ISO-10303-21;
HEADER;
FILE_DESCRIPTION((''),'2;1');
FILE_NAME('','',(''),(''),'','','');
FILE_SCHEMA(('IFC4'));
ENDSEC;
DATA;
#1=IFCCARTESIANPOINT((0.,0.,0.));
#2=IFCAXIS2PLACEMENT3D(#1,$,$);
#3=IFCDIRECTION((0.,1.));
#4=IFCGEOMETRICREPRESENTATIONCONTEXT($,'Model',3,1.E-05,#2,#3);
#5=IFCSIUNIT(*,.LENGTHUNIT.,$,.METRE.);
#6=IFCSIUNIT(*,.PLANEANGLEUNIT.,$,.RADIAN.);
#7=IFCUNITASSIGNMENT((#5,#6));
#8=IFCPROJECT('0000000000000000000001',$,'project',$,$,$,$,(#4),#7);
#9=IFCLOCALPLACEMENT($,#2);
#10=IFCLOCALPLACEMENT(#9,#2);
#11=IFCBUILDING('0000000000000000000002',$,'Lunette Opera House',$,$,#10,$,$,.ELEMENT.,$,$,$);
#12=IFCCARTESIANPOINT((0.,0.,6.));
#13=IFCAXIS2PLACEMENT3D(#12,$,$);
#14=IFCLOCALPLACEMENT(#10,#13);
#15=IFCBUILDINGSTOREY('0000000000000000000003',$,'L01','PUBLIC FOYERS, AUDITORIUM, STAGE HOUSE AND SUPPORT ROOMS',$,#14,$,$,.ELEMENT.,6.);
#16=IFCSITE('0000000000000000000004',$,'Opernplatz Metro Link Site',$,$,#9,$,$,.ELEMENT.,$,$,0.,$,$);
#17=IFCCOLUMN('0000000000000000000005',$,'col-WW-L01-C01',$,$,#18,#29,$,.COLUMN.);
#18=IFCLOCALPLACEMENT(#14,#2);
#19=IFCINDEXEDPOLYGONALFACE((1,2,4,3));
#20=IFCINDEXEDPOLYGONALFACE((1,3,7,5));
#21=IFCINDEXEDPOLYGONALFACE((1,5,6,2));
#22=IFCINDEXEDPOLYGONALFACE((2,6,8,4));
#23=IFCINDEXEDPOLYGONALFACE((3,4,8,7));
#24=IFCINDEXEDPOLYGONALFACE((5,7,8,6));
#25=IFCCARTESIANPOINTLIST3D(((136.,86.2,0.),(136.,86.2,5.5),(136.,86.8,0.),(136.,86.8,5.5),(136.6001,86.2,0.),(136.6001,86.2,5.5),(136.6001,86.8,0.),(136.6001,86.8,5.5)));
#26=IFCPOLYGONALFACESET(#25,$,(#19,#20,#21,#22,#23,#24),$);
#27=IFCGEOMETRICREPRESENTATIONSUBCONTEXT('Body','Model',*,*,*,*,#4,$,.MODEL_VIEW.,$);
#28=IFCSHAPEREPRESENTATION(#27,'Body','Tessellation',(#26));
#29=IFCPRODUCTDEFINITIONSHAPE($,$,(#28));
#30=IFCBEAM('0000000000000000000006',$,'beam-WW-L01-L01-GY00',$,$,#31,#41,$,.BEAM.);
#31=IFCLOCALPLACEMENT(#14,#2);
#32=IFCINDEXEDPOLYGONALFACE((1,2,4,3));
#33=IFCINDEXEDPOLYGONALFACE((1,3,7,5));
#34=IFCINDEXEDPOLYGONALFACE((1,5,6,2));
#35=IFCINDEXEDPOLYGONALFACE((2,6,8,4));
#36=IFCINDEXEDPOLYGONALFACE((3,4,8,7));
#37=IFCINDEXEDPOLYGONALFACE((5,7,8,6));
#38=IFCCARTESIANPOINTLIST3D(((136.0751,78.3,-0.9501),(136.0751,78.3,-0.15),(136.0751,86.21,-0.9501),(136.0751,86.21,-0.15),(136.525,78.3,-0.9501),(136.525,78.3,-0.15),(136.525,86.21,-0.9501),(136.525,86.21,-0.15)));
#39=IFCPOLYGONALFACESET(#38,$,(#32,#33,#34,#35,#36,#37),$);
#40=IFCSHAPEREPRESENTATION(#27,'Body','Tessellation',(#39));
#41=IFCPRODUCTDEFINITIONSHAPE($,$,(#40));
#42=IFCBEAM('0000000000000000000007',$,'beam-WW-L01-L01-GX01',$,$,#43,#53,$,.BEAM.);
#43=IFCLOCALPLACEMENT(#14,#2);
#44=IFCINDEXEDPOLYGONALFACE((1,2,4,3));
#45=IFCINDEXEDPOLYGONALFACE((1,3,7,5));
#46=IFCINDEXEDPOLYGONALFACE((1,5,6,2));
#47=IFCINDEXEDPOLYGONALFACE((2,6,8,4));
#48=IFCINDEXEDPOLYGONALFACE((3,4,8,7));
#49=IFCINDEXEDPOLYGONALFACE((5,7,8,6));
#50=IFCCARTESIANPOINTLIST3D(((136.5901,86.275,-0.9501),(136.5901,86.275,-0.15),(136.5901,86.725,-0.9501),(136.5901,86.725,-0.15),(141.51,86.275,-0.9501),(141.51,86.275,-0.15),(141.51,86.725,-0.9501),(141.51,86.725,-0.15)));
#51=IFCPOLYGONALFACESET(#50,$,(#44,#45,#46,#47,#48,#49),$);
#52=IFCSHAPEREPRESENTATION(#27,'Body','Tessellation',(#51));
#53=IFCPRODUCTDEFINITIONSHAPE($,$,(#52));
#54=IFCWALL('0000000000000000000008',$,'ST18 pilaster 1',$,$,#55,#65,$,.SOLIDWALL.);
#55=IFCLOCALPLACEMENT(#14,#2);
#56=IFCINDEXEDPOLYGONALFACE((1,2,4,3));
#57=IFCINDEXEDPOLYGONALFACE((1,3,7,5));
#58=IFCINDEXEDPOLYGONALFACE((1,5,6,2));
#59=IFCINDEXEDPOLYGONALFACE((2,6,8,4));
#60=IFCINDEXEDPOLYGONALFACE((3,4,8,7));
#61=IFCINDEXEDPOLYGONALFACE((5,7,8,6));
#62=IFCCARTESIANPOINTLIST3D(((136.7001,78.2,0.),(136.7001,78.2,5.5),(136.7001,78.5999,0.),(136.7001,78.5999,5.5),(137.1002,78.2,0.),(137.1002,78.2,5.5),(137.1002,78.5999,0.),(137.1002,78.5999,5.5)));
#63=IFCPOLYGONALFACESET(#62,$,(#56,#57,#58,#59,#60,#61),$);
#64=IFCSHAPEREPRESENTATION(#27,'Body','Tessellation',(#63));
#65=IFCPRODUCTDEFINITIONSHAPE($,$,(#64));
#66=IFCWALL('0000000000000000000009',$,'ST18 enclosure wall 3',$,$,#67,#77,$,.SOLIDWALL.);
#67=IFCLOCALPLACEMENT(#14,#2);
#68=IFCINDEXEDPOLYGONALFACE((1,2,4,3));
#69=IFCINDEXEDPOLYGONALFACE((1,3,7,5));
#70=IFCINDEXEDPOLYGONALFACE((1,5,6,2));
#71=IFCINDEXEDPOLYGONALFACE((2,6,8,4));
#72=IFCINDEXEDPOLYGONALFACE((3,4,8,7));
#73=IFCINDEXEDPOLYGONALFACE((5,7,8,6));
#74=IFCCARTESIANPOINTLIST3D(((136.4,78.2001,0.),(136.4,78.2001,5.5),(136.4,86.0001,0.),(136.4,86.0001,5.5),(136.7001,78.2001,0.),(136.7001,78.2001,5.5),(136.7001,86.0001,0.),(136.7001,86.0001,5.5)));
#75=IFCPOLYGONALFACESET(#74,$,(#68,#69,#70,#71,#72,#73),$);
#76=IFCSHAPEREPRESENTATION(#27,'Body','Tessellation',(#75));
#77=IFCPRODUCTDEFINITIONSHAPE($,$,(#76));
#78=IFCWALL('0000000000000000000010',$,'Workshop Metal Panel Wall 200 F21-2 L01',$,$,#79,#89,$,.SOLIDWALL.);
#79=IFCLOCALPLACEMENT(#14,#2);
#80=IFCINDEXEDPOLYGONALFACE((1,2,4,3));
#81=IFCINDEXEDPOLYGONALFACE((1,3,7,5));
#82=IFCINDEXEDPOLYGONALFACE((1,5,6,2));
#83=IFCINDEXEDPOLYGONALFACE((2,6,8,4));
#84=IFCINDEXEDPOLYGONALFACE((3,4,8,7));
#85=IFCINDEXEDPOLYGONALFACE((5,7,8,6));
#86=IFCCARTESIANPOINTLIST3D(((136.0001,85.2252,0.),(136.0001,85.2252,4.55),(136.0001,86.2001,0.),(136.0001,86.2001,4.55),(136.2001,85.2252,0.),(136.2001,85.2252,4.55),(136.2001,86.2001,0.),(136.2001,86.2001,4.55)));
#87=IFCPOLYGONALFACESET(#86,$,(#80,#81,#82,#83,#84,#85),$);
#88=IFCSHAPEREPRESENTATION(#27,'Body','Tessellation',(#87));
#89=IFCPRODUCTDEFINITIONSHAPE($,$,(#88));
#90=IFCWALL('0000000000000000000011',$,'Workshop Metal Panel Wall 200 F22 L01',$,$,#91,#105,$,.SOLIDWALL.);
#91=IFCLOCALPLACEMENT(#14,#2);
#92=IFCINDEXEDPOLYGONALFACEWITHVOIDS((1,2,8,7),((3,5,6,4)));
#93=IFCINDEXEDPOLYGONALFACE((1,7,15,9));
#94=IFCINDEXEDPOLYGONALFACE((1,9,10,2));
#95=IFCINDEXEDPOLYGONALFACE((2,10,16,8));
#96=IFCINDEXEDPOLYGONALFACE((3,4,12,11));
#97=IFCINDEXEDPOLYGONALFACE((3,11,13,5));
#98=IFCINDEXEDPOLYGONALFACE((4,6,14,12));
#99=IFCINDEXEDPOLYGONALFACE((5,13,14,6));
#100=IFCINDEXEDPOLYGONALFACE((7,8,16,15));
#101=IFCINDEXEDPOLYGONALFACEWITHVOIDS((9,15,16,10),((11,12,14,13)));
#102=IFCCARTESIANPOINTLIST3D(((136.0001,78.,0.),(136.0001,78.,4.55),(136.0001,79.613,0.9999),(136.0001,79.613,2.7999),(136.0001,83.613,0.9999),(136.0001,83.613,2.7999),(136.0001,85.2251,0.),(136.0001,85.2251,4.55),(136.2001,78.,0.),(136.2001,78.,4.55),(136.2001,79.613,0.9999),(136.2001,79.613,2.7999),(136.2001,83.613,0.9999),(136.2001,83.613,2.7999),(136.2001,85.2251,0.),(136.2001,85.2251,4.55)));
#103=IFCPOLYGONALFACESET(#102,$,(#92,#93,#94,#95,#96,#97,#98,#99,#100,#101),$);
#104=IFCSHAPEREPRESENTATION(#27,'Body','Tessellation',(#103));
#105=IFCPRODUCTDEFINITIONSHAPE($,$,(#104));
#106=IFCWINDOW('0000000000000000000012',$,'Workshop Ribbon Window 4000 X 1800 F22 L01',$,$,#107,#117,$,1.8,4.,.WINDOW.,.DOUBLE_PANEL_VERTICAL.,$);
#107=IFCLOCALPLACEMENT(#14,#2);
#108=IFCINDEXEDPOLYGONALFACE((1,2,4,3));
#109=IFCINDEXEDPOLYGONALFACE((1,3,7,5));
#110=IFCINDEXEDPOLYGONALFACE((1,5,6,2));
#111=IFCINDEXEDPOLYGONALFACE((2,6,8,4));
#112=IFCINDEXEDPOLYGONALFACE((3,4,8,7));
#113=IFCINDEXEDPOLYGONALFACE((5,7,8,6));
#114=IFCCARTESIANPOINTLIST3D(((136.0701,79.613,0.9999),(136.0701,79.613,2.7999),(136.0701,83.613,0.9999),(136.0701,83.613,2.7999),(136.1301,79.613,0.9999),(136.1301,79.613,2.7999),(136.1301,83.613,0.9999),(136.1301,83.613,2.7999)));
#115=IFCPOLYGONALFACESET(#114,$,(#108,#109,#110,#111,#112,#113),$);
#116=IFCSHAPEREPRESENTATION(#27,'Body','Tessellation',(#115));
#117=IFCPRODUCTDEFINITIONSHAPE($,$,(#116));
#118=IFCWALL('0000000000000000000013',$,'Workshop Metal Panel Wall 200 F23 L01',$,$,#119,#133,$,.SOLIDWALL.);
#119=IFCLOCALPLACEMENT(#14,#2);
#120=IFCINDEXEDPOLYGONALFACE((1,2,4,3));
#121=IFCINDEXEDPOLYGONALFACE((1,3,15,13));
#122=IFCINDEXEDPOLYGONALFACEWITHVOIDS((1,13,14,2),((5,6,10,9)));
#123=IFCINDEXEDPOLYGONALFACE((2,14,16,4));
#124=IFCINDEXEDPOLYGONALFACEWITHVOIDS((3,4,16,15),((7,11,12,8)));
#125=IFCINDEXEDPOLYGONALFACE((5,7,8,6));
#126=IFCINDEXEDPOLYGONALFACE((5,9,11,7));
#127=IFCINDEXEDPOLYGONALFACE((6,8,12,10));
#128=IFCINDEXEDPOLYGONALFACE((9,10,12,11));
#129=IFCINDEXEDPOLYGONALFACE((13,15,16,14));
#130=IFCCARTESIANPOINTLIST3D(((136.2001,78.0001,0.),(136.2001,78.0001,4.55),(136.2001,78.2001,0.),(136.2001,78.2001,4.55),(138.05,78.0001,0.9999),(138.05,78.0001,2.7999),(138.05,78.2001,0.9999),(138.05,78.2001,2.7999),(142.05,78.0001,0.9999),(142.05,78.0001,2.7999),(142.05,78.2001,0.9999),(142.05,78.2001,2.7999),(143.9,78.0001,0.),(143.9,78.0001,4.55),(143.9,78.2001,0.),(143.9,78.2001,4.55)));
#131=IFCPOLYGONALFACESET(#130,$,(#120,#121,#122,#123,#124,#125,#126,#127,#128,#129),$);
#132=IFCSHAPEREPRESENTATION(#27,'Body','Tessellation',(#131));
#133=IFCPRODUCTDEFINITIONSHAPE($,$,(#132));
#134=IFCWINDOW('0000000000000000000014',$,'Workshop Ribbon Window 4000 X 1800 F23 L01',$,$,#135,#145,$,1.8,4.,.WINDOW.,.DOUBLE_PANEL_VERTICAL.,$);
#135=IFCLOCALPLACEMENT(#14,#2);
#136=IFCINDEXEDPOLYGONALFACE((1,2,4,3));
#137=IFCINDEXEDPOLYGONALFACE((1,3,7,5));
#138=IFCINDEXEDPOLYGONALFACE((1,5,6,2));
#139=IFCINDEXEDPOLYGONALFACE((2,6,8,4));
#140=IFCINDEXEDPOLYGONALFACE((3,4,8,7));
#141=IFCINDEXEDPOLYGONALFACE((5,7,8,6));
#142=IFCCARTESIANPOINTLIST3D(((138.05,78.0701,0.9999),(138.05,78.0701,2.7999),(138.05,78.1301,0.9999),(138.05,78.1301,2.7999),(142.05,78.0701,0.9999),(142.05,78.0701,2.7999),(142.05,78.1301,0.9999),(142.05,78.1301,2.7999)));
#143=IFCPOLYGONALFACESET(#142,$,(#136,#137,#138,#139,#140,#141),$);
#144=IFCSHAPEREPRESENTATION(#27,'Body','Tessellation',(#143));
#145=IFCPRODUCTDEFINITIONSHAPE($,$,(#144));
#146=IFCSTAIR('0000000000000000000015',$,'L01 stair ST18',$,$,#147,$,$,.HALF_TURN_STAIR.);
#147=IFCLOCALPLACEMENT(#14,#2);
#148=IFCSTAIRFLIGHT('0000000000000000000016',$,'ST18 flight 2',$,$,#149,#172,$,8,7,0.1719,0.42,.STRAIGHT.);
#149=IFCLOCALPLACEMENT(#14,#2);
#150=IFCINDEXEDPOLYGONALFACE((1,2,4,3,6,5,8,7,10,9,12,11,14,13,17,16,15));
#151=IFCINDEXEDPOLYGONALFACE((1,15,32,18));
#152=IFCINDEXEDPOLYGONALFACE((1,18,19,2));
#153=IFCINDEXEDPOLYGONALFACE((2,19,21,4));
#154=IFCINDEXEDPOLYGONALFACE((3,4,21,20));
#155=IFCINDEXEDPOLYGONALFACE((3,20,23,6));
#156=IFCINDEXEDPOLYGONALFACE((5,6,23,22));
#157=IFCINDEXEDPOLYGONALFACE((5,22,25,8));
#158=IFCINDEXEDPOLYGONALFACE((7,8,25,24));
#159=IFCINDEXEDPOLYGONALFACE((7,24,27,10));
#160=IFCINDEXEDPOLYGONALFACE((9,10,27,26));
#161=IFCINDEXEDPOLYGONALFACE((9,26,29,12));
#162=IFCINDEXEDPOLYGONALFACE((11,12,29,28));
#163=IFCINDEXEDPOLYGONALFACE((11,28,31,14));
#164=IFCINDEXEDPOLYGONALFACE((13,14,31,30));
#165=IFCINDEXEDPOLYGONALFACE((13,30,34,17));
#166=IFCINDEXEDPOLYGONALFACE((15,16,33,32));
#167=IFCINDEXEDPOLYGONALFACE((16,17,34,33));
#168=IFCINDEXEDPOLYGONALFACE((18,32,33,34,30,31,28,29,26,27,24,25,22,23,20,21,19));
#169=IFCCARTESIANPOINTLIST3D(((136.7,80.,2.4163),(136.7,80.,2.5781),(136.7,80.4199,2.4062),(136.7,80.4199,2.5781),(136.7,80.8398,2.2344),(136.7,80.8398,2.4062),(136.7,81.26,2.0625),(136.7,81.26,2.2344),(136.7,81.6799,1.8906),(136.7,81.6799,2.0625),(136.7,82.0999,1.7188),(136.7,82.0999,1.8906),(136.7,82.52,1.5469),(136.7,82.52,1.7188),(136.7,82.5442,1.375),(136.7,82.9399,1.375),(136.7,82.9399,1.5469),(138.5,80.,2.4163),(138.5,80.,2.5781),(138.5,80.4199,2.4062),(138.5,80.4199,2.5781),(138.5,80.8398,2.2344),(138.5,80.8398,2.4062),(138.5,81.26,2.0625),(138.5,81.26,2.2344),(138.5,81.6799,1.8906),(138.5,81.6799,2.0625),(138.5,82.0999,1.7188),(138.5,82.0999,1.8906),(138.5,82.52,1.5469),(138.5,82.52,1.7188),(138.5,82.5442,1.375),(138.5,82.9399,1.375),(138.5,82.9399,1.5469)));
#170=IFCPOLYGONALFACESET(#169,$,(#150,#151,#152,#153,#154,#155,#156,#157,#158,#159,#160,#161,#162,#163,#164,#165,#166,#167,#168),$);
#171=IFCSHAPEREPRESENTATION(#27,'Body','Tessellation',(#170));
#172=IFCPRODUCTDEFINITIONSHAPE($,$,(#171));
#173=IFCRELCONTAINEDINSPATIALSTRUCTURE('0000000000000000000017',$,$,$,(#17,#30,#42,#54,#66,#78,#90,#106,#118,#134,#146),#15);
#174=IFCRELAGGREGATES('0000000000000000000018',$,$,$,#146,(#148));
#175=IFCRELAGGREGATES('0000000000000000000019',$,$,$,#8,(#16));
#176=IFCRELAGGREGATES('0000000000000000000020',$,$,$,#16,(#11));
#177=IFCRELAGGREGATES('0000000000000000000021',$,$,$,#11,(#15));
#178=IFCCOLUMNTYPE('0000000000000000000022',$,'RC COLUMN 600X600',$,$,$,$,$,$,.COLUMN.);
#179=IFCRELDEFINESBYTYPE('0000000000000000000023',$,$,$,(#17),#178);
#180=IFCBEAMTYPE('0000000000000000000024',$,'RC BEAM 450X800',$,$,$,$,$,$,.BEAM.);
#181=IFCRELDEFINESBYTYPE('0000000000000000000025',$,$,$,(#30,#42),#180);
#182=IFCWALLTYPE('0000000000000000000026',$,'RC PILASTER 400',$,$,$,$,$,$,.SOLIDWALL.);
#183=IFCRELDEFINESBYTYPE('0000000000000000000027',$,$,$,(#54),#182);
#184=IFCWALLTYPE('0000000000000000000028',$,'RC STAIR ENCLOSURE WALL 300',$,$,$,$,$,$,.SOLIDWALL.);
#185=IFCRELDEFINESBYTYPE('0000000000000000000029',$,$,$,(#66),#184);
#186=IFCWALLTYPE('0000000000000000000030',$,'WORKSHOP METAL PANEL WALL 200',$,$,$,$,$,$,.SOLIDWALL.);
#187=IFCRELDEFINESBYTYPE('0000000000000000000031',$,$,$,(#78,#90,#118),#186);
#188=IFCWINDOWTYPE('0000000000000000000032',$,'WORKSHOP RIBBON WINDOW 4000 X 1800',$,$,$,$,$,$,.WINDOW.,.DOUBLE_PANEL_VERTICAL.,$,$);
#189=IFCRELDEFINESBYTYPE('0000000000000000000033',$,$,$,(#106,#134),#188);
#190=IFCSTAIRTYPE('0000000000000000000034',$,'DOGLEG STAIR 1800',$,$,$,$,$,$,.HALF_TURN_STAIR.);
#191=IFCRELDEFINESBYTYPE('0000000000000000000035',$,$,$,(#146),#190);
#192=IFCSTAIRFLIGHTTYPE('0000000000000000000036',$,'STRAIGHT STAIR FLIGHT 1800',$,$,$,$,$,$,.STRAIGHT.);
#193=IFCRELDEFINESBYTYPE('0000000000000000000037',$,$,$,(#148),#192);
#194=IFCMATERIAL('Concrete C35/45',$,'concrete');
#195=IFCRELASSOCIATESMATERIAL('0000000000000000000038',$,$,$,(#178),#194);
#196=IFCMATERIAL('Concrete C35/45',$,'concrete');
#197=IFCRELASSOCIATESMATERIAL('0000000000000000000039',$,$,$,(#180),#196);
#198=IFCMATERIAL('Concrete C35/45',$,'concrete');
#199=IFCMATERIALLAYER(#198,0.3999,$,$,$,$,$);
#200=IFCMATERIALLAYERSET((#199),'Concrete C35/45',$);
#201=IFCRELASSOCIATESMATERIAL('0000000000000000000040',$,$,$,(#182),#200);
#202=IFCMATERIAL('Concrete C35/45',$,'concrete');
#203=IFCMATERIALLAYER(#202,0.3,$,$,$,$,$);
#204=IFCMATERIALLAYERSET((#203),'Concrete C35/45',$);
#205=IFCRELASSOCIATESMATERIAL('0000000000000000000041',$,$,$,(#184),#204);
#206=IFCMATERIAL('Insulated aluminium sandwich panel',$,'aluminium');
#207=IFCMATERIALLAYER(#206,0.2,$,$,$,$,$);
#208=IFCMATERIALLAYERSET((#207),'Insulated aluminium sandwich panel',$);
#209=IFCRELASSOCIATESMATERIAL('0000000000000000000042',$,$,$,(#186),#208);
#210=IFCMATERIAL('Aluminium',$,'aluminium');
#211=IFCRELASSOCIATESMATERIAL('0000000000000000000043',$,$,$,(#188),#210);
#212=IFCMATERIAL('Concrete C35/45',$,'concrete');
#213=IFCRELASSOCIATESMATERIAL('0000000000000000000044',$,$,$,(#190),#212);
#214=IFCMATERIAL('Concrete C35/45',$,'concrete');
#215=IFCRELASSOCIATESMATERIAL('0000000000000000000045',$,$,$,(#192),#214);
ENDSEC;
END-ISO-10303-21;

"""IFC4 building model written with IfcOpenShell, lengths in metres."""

from ifc_helpers import new_model, si_unit, direction, frame, frame_2d, origin, origin_2d, place, context, subcontext, project, spatial, polyline, rectangle, outline, extrude, material, layer, layer_set, material_profile, profile_set, type_object, element, fill, aggregate, save


model = new_model("IFC4")

# Units and contexts
model_context = context("Model", 3, precision=1e-05, world=origin(), true_north=direction((0.0, 1.0)))
body_context = subcontext(model_context, "Body", "Model", "MODEL_VIEW")
ifc_project = project(units=[si_unit("LENGTHUNIT", "METRE"), si_unit("PLANEANGLEUNIT", "RADIAN")], contexts=[model_context])

# Site, building, storey
site_placement = place(None, origin())
site = spatial("IfcSite", under=ifc_project, at=site_placement, Name="Opernplatz Metro Link Site", CompositionType="ELEMENT", RefElevation=0.0)
building_placement = place(site_placement, origin())
building = spatial("IfcBuilding", under=site, at=building_placement, Name="Lunette Opera House", CompositionType="ELEMENT")
storey_placement = place(building_placement, frame((0.0, 0.0, 6.0)))
storey = spatial("IfcBuildingStorey", under=building, at=storey_placement, Name="L01", Description="PUBLIC FOYERS, AUDITORIUM, STAGE HOUSE AND SUPPORT ROOMS", CompositionType="ELEMENT", Elevation=6.0)

# Column
ifc_material_1 = material(Name="Concrete C35/45", Category="concrete")
ifc_material_profile_1 = material_profile(ifc_material_1, rectangle(XDim=0.6001, YDim=0.6001, at=origin_2d()), Name="RC COLUMN 600X600")
ifc_profile_set_1 = profile_set([ifc_material_profile_1], Name="Concrete C35/45")
column_type = type_object("IfcColumnType", Name="RC COLUMN 600X600", PredefinedType="COLUMN", material=ifc_profile_set_1)
column_placement = place(storey_placement, frame((136.3, 86.5, 0.0), z_axis=(0.0, 0.0, 1.0), x_axis=(1.0, 0.0, 0.0)))
element("IfcColumn", 1, at=column_placement, inside=storey, type_object=column_type, Name="col-WW-L01-C01", PredefinedType="COLUMN", context=body_context, shape_type="SweptSolid", body=[
    extrude(rectangle(XDim=0.6001, YDim=0.6001, at=origin_2d()), origin(), (0.0, 0.0, 1.0), 5.5),
])

# Beams
ifc_material_2 = material(Name="Concrete C35/45", Category="concrete")
ifc_material_profile_2 = material_profile(ifc_material_2, rectangle(XDim=0.45, YDim=0.8, at=origin_2d()), Name="RC BEAM 450X800")
ifc_profile_set_2 = profile_set([ifc_material_profile_2], Name="Concrete C35/45")
beam_type = type_object("IfcBeamType", Name="RC BEAM 450X800", PredefinedType="BEAM", material=ifc_profile_set_2)
beam_1_placement = place(storey_placement, frame((136.3, 78.3, -0.55), z_axis=(0.0, 1.0, 0.0), x_axis=(-1.0, 0.0, 0.0)))
element("IfcBeam", 2, at=beam_1_placement, inside=storey, type_object=beam_type, Name="beam-WW-L01-L01-GY00", PredefinedType="BEAM", context=body_context, shape_type="SweptSolid", body=[
    extrude(rectangle(XDim=0.45, YDim=0.8, at=origin_2d()), origin(), (0.0, 0.0, 1.0), 7.9099),
])
beam_2_placement = place(storey_placement, frame((136.5901, 86.5, -0.55), z_axis=(1.0, 0.0, 0.0), x_axis=(0.0, 1.0, 0.0)))
element("IfcBeam", 3, at=beam_2_placement, inside=storey, type_object=beam_type, Name="beam-WW-L01-L01-GX01", PredefinedType="BEAM", context=body_context, shape_type="SweptSolid", body=[
    extrude(rectangle(XDim=0.45, YDim=0.8, at=origin_2d()), origin(), (0.0, 0.0, 1.0), 4.9199),
])

# Walls
ifc_material_3 = material(Name="Concrete C35/45", Category="concrete")
ifc_layer_1 = layer(ifc_material_3, 0.3999)
ifc_layer_set_1 = layer_set([ifc_layer_1], Name="Concrete C35/45")
wall_type_1 = type_object("IfcWallType", Name="RC PILASTER 400", PredefinedType="SOLIDWALL", material=ifc_layer_set_1)
wall_1_placement = place(storey_placement, frame((136.7, 78.3999, 0.0), z_axis=(0.0, 0.0, 1.0), x_axis=(1.0, 0.0, 0.0)))
element("IfcWall", 4, at=wall_1_placement, inside=storey, type_object=wall_type_1, Name="ST18 pilaster 1", PredefinedType="SOLIDWALL", context=body_context, shape_type="SweptSolid", body=[
    extrude(rectangle(XDim=0.4001, YDim=0.3999, at=frame_2d((0.2002, 0.0))), origin(), (0.0, 0.0, 1.0), 5.5),
])
ifc_material_4 = material(Name="Concrete C35/45", Category="concrete")
ifc_layer_2 = layer(ifc_material_4, 0.3)
ifc_layer_set_2 = layer_set([ifc_layer_2], Name="Concrete C35/45")
wall_type_2 = type_object("IfcWallType", Name="RC STAIR ENCLOSURE WALL 300", PredefinedType="SOLIDWALL", material=ifc_layer_set_2)
wall_2_placement = place(storey_placement, frame((136.55, 86.0, 0.0), z_axis=(0.0, 0.0, 1.0), x_axis=(0.0, -1.0, 0.0)))
element("IfcWall", 5, at=wall_2_placement, inside=storey, type_object=wall_type_2, Name="ST18 enclosure wall 3", PredefinedType="SOLIDWALL", context=body_context, shape_type="SweptSolid", body=[
    extrude(rectangle(XDim=7.8, YDim=0.3, at=frame_2d((3.8999, 0.0))), origin(), (0.0, 0.0, 1.0), 5.5),
])
ifc_material_5 = material(Name="Insulated aluminium sandwich panel", Category="aluminium")
ifc_layer_3 = layer(ifc_material_5, 0.2)
ifc_layer_set_3 = layer_set([ifc_layer_3], Name="Insulated aluminium sandwich panel")
wall_type_3 = type_object("IfcWallType", Name="WORKSHOP METAL PANEL WALL 200", PredefinedType="SOLIDWALL", material=ifc_layer_set_3)
wall_3_placement = place(storey_placement, frame((136.1001, 86.2, 0.0), z_axis=(0.0, 0.0, 1.0), x_axis=(0.0, -1.0, 0.0)))
element("IfcWall", 6, at=wall_3_placement, inside=storey, type_object=wall_type_3, Name="Workshop Metal Panel Wall 200 F21-2 L01", PredefinedType="SOLIDWALL", context=body_context, shape_type="SweptSolid", body=[
    extrude(rectangle(XDim=0.9749, YDim=0.2, at=frame_2d((0.4873, 0.0))), origin(), (0.0, 0.0, 1.0), 4.55),
])

# Walls, openings, windows
wall_4_placement = place(storey_placement, frame((136.1001, 85.2251, 0.0), z_axis=(0.0, 0.0, 1.0), x_axis=(0.0, -1.0, 0.0)))
wall_4 = element("IfcWall", 7, at=wall_4_placement, inside=storey, type_object=wall_type_3, Name="Workshop Metal Panel Wall 200 F22 L01", PredefinedType="SOLIDWALL", context=body_context, shape_type="SweptSolid", body=[
    extrude(rectangle(XDim=7.2251, YDim=0.2, at=frame_2d((3.6125, 0.0))), origin(), (0.0, 0.0, 1.0), 4.55),
])
opening_1_placement = place(wall_4_placement, frame((1.6121, 0.0, 1.0)))
opening_1 = element("IfcOpeningElement", 8, at=opening_1_placement, cuts=wall_4, PredefinedType="OPENING", context=body_context, shape_type="SweptSolid", body=[
    extrude(rectangle(XDim=4.0, YDim=1.8, at=frame_2d((2.0, 0.8999))), frame((0.0, 0.1121, 0.0), z_axis=(0.0, -1.0, 0.0), x_axis=(1.0, 0.0, 0.0)), (0.0, 0.0, 1.0), 0.2239),
])
ifc_material_6 = material(Name="Aluminium", Category="aluminium")
window_type = type_object("IfcWindowType", Name="WORKSHOP RIBBON WINDOW 4000 X 1800", PartitioningType="DOUBLE_PANEL_VERTICAL", PredefinedType="WINDOW", material=ifc_material_6)
window_1_placement = place(opening_1_placement, origin())
window_1 = element("IfcWindow", 9, at=window_1_placement, inside=storey, type_object=window_type, Name="Workshop Ribbon Window 4000 X 1800 F22 L01", OverallHeight=1.8, OverallWidth=4.0, PartitioningType="DOUBLE_PANEL_VERTICAL", PredefinedType="WINDOW", context=body_context, shape_type="SweptSolid", body=[
    extrude(rectangle(XDim=4.0, YDim=1.8, at=frame_2d((2.0, 0.8999))), frame((0.0, 0.03, 0.0), z_axis=(0.0, -1.0, 0.0), x_axis=(1.0, 0.0, 0.0)), (0.0, 0.0, 1.0), 0.0601),
])
fill(opening_1, window_1)
wall_5_placement = place(storey_placement, frame((136.2, 78.1001, 0.0), z_axis=(0.0, 0.0, 1.0), x_axis=(1.0, 0.0, 0.0)))
wall_5 = element("IfcWall", 10, at=wall_5_placement, inside=storey, type_object=wall_type_3, Name="Workshop Metal Panel Wall 200 F23 L01", PredefinedType="SOLIDWALL", context=body_context, shape_type="SweptSolid", body=[
    extrude(rectangle(XDim=7.7, YDim=0.2, at=frame_2d((3.8501, 0.0))), origin(), (0.0, 0.0, 1.0), 4.55),
])
opening_2_placement = place(wall_5_placement, frame((1.8501, 0.0, 1.0)))
opening_2 = element("IfcOpeningElement", 11, at=opening_2_placement, cuts=wall_5, PredefinedType="OPENING", context=body_context, shape_type="SweptSolid", body=[
    extrude(rectangle(XDim=4.0, YDim=1.8, at=frame_2d((2.0, 0.8999))), frame((0.0, 0.1121, 0.0), z_axis=(0.0, -1.0, 0.0), x_axis=(1.0, 0.0, 0.0)), (0.0, 0.0, 1.0), 0.2239),
])
window_2_placement = place(opening_2_placement, origin())
window_2 = element("IfcWindow", 12, at=window_2_placement, inside=storey, type_object=window_type, Name="Workshop Ribbon Window 4000 X 1800 F23 L01", OverallHeight=1.8, OverallWidth=4.0, PartitioningType="DOUBLE_PANEL_VERTICAL", PredefinedType="WINDOW", context=body_context, shape_type="SweptSolid", body=[
    extrude(rectangle(XDim=4.0, YDim=1.8, at=frame_2d((2.0, 0.8999))), frame((0.0, 0.03, 0.0), z_axis=(0.0, -1.0, 0.0), x_axis=(1.0, 0.0, 0.0)), (0.0, 0.0, 1.0), 0.0601),
])
fill(opening_2, window_2)

# Stair, stair flight
ifc_material_7 = material(Name="Concrete C35/45", Category="concrete")
stair_type = type_object("IfcStairType", Name="DOGLEG STAIR 1800", PredefinedType="HALF_TURN_STAIR", material=ifc_material_7)
stair_placement = place(storey_placement, origin())
stair = element("IfcStair", 13, at=stair_placement, inside=storey, type_object=stair_type, Name="L01 stair ST18", PredefinedType="HALF_TURN_STAIR")
ifc_material_8 = material(Name="Concrete C35/45", Category="concrete")
stair_flight_type = type_object("IfcStairFlightType", Name="STRAIGHT STAIR FLIGHT 1800", PredefinedType="STRAIGHT", material=ifc_material_8)
stair_flight_1_placement = place(storey_placement, frame((137.6001, 82.9399, 1.375), z_axis=(0.0, 0.0, 1.0), x_axis=(0.0, -1.0, 0.0)))
stair_flight_1 = element("IfcStairFlight", 14, at=stair_flight_1_placement, type_object=stair_flight_type, Name="ST18 flight 2", NumberOfRisers=8, NumberOfTreads=7, PredefinedType="STRAIGHT", RiserHeight=0.1719, TreadLength=0.42, context=body_context, shape_type="SweptSolid", body=[
    extrude(outline(polyline([(0.0, 0.0), (0.0, 0.1719), (0.4199, 0.1719), (0.4199, 0.3438), (0.8401, 0.3438), (0.8401, 0.5156), (1.26, 0.5156), (1.26, 0.6875), (1.6799, 0.6875), (1.6799, 0.8594), (2.1001, 0.8594), (2.1001, 1.0312), (2.52, 1.0312), (2.52, 1.2031), (2.9399, 1.2031), (2.9399, 1.375), (2.9399, 1.0413), (0.3958, 0.0), (0.0, 0.0)])), frame((0.0, 0.8999, 0.0), z_axis=(0.0, -1.0, 0.0), x_axis=(1.0, 0.0, 0.0)), (0.0, 0.0, 1.0), 1.8),
])
aggregate(stair, [stair_flight_1])

save(model, "model.ifc")
